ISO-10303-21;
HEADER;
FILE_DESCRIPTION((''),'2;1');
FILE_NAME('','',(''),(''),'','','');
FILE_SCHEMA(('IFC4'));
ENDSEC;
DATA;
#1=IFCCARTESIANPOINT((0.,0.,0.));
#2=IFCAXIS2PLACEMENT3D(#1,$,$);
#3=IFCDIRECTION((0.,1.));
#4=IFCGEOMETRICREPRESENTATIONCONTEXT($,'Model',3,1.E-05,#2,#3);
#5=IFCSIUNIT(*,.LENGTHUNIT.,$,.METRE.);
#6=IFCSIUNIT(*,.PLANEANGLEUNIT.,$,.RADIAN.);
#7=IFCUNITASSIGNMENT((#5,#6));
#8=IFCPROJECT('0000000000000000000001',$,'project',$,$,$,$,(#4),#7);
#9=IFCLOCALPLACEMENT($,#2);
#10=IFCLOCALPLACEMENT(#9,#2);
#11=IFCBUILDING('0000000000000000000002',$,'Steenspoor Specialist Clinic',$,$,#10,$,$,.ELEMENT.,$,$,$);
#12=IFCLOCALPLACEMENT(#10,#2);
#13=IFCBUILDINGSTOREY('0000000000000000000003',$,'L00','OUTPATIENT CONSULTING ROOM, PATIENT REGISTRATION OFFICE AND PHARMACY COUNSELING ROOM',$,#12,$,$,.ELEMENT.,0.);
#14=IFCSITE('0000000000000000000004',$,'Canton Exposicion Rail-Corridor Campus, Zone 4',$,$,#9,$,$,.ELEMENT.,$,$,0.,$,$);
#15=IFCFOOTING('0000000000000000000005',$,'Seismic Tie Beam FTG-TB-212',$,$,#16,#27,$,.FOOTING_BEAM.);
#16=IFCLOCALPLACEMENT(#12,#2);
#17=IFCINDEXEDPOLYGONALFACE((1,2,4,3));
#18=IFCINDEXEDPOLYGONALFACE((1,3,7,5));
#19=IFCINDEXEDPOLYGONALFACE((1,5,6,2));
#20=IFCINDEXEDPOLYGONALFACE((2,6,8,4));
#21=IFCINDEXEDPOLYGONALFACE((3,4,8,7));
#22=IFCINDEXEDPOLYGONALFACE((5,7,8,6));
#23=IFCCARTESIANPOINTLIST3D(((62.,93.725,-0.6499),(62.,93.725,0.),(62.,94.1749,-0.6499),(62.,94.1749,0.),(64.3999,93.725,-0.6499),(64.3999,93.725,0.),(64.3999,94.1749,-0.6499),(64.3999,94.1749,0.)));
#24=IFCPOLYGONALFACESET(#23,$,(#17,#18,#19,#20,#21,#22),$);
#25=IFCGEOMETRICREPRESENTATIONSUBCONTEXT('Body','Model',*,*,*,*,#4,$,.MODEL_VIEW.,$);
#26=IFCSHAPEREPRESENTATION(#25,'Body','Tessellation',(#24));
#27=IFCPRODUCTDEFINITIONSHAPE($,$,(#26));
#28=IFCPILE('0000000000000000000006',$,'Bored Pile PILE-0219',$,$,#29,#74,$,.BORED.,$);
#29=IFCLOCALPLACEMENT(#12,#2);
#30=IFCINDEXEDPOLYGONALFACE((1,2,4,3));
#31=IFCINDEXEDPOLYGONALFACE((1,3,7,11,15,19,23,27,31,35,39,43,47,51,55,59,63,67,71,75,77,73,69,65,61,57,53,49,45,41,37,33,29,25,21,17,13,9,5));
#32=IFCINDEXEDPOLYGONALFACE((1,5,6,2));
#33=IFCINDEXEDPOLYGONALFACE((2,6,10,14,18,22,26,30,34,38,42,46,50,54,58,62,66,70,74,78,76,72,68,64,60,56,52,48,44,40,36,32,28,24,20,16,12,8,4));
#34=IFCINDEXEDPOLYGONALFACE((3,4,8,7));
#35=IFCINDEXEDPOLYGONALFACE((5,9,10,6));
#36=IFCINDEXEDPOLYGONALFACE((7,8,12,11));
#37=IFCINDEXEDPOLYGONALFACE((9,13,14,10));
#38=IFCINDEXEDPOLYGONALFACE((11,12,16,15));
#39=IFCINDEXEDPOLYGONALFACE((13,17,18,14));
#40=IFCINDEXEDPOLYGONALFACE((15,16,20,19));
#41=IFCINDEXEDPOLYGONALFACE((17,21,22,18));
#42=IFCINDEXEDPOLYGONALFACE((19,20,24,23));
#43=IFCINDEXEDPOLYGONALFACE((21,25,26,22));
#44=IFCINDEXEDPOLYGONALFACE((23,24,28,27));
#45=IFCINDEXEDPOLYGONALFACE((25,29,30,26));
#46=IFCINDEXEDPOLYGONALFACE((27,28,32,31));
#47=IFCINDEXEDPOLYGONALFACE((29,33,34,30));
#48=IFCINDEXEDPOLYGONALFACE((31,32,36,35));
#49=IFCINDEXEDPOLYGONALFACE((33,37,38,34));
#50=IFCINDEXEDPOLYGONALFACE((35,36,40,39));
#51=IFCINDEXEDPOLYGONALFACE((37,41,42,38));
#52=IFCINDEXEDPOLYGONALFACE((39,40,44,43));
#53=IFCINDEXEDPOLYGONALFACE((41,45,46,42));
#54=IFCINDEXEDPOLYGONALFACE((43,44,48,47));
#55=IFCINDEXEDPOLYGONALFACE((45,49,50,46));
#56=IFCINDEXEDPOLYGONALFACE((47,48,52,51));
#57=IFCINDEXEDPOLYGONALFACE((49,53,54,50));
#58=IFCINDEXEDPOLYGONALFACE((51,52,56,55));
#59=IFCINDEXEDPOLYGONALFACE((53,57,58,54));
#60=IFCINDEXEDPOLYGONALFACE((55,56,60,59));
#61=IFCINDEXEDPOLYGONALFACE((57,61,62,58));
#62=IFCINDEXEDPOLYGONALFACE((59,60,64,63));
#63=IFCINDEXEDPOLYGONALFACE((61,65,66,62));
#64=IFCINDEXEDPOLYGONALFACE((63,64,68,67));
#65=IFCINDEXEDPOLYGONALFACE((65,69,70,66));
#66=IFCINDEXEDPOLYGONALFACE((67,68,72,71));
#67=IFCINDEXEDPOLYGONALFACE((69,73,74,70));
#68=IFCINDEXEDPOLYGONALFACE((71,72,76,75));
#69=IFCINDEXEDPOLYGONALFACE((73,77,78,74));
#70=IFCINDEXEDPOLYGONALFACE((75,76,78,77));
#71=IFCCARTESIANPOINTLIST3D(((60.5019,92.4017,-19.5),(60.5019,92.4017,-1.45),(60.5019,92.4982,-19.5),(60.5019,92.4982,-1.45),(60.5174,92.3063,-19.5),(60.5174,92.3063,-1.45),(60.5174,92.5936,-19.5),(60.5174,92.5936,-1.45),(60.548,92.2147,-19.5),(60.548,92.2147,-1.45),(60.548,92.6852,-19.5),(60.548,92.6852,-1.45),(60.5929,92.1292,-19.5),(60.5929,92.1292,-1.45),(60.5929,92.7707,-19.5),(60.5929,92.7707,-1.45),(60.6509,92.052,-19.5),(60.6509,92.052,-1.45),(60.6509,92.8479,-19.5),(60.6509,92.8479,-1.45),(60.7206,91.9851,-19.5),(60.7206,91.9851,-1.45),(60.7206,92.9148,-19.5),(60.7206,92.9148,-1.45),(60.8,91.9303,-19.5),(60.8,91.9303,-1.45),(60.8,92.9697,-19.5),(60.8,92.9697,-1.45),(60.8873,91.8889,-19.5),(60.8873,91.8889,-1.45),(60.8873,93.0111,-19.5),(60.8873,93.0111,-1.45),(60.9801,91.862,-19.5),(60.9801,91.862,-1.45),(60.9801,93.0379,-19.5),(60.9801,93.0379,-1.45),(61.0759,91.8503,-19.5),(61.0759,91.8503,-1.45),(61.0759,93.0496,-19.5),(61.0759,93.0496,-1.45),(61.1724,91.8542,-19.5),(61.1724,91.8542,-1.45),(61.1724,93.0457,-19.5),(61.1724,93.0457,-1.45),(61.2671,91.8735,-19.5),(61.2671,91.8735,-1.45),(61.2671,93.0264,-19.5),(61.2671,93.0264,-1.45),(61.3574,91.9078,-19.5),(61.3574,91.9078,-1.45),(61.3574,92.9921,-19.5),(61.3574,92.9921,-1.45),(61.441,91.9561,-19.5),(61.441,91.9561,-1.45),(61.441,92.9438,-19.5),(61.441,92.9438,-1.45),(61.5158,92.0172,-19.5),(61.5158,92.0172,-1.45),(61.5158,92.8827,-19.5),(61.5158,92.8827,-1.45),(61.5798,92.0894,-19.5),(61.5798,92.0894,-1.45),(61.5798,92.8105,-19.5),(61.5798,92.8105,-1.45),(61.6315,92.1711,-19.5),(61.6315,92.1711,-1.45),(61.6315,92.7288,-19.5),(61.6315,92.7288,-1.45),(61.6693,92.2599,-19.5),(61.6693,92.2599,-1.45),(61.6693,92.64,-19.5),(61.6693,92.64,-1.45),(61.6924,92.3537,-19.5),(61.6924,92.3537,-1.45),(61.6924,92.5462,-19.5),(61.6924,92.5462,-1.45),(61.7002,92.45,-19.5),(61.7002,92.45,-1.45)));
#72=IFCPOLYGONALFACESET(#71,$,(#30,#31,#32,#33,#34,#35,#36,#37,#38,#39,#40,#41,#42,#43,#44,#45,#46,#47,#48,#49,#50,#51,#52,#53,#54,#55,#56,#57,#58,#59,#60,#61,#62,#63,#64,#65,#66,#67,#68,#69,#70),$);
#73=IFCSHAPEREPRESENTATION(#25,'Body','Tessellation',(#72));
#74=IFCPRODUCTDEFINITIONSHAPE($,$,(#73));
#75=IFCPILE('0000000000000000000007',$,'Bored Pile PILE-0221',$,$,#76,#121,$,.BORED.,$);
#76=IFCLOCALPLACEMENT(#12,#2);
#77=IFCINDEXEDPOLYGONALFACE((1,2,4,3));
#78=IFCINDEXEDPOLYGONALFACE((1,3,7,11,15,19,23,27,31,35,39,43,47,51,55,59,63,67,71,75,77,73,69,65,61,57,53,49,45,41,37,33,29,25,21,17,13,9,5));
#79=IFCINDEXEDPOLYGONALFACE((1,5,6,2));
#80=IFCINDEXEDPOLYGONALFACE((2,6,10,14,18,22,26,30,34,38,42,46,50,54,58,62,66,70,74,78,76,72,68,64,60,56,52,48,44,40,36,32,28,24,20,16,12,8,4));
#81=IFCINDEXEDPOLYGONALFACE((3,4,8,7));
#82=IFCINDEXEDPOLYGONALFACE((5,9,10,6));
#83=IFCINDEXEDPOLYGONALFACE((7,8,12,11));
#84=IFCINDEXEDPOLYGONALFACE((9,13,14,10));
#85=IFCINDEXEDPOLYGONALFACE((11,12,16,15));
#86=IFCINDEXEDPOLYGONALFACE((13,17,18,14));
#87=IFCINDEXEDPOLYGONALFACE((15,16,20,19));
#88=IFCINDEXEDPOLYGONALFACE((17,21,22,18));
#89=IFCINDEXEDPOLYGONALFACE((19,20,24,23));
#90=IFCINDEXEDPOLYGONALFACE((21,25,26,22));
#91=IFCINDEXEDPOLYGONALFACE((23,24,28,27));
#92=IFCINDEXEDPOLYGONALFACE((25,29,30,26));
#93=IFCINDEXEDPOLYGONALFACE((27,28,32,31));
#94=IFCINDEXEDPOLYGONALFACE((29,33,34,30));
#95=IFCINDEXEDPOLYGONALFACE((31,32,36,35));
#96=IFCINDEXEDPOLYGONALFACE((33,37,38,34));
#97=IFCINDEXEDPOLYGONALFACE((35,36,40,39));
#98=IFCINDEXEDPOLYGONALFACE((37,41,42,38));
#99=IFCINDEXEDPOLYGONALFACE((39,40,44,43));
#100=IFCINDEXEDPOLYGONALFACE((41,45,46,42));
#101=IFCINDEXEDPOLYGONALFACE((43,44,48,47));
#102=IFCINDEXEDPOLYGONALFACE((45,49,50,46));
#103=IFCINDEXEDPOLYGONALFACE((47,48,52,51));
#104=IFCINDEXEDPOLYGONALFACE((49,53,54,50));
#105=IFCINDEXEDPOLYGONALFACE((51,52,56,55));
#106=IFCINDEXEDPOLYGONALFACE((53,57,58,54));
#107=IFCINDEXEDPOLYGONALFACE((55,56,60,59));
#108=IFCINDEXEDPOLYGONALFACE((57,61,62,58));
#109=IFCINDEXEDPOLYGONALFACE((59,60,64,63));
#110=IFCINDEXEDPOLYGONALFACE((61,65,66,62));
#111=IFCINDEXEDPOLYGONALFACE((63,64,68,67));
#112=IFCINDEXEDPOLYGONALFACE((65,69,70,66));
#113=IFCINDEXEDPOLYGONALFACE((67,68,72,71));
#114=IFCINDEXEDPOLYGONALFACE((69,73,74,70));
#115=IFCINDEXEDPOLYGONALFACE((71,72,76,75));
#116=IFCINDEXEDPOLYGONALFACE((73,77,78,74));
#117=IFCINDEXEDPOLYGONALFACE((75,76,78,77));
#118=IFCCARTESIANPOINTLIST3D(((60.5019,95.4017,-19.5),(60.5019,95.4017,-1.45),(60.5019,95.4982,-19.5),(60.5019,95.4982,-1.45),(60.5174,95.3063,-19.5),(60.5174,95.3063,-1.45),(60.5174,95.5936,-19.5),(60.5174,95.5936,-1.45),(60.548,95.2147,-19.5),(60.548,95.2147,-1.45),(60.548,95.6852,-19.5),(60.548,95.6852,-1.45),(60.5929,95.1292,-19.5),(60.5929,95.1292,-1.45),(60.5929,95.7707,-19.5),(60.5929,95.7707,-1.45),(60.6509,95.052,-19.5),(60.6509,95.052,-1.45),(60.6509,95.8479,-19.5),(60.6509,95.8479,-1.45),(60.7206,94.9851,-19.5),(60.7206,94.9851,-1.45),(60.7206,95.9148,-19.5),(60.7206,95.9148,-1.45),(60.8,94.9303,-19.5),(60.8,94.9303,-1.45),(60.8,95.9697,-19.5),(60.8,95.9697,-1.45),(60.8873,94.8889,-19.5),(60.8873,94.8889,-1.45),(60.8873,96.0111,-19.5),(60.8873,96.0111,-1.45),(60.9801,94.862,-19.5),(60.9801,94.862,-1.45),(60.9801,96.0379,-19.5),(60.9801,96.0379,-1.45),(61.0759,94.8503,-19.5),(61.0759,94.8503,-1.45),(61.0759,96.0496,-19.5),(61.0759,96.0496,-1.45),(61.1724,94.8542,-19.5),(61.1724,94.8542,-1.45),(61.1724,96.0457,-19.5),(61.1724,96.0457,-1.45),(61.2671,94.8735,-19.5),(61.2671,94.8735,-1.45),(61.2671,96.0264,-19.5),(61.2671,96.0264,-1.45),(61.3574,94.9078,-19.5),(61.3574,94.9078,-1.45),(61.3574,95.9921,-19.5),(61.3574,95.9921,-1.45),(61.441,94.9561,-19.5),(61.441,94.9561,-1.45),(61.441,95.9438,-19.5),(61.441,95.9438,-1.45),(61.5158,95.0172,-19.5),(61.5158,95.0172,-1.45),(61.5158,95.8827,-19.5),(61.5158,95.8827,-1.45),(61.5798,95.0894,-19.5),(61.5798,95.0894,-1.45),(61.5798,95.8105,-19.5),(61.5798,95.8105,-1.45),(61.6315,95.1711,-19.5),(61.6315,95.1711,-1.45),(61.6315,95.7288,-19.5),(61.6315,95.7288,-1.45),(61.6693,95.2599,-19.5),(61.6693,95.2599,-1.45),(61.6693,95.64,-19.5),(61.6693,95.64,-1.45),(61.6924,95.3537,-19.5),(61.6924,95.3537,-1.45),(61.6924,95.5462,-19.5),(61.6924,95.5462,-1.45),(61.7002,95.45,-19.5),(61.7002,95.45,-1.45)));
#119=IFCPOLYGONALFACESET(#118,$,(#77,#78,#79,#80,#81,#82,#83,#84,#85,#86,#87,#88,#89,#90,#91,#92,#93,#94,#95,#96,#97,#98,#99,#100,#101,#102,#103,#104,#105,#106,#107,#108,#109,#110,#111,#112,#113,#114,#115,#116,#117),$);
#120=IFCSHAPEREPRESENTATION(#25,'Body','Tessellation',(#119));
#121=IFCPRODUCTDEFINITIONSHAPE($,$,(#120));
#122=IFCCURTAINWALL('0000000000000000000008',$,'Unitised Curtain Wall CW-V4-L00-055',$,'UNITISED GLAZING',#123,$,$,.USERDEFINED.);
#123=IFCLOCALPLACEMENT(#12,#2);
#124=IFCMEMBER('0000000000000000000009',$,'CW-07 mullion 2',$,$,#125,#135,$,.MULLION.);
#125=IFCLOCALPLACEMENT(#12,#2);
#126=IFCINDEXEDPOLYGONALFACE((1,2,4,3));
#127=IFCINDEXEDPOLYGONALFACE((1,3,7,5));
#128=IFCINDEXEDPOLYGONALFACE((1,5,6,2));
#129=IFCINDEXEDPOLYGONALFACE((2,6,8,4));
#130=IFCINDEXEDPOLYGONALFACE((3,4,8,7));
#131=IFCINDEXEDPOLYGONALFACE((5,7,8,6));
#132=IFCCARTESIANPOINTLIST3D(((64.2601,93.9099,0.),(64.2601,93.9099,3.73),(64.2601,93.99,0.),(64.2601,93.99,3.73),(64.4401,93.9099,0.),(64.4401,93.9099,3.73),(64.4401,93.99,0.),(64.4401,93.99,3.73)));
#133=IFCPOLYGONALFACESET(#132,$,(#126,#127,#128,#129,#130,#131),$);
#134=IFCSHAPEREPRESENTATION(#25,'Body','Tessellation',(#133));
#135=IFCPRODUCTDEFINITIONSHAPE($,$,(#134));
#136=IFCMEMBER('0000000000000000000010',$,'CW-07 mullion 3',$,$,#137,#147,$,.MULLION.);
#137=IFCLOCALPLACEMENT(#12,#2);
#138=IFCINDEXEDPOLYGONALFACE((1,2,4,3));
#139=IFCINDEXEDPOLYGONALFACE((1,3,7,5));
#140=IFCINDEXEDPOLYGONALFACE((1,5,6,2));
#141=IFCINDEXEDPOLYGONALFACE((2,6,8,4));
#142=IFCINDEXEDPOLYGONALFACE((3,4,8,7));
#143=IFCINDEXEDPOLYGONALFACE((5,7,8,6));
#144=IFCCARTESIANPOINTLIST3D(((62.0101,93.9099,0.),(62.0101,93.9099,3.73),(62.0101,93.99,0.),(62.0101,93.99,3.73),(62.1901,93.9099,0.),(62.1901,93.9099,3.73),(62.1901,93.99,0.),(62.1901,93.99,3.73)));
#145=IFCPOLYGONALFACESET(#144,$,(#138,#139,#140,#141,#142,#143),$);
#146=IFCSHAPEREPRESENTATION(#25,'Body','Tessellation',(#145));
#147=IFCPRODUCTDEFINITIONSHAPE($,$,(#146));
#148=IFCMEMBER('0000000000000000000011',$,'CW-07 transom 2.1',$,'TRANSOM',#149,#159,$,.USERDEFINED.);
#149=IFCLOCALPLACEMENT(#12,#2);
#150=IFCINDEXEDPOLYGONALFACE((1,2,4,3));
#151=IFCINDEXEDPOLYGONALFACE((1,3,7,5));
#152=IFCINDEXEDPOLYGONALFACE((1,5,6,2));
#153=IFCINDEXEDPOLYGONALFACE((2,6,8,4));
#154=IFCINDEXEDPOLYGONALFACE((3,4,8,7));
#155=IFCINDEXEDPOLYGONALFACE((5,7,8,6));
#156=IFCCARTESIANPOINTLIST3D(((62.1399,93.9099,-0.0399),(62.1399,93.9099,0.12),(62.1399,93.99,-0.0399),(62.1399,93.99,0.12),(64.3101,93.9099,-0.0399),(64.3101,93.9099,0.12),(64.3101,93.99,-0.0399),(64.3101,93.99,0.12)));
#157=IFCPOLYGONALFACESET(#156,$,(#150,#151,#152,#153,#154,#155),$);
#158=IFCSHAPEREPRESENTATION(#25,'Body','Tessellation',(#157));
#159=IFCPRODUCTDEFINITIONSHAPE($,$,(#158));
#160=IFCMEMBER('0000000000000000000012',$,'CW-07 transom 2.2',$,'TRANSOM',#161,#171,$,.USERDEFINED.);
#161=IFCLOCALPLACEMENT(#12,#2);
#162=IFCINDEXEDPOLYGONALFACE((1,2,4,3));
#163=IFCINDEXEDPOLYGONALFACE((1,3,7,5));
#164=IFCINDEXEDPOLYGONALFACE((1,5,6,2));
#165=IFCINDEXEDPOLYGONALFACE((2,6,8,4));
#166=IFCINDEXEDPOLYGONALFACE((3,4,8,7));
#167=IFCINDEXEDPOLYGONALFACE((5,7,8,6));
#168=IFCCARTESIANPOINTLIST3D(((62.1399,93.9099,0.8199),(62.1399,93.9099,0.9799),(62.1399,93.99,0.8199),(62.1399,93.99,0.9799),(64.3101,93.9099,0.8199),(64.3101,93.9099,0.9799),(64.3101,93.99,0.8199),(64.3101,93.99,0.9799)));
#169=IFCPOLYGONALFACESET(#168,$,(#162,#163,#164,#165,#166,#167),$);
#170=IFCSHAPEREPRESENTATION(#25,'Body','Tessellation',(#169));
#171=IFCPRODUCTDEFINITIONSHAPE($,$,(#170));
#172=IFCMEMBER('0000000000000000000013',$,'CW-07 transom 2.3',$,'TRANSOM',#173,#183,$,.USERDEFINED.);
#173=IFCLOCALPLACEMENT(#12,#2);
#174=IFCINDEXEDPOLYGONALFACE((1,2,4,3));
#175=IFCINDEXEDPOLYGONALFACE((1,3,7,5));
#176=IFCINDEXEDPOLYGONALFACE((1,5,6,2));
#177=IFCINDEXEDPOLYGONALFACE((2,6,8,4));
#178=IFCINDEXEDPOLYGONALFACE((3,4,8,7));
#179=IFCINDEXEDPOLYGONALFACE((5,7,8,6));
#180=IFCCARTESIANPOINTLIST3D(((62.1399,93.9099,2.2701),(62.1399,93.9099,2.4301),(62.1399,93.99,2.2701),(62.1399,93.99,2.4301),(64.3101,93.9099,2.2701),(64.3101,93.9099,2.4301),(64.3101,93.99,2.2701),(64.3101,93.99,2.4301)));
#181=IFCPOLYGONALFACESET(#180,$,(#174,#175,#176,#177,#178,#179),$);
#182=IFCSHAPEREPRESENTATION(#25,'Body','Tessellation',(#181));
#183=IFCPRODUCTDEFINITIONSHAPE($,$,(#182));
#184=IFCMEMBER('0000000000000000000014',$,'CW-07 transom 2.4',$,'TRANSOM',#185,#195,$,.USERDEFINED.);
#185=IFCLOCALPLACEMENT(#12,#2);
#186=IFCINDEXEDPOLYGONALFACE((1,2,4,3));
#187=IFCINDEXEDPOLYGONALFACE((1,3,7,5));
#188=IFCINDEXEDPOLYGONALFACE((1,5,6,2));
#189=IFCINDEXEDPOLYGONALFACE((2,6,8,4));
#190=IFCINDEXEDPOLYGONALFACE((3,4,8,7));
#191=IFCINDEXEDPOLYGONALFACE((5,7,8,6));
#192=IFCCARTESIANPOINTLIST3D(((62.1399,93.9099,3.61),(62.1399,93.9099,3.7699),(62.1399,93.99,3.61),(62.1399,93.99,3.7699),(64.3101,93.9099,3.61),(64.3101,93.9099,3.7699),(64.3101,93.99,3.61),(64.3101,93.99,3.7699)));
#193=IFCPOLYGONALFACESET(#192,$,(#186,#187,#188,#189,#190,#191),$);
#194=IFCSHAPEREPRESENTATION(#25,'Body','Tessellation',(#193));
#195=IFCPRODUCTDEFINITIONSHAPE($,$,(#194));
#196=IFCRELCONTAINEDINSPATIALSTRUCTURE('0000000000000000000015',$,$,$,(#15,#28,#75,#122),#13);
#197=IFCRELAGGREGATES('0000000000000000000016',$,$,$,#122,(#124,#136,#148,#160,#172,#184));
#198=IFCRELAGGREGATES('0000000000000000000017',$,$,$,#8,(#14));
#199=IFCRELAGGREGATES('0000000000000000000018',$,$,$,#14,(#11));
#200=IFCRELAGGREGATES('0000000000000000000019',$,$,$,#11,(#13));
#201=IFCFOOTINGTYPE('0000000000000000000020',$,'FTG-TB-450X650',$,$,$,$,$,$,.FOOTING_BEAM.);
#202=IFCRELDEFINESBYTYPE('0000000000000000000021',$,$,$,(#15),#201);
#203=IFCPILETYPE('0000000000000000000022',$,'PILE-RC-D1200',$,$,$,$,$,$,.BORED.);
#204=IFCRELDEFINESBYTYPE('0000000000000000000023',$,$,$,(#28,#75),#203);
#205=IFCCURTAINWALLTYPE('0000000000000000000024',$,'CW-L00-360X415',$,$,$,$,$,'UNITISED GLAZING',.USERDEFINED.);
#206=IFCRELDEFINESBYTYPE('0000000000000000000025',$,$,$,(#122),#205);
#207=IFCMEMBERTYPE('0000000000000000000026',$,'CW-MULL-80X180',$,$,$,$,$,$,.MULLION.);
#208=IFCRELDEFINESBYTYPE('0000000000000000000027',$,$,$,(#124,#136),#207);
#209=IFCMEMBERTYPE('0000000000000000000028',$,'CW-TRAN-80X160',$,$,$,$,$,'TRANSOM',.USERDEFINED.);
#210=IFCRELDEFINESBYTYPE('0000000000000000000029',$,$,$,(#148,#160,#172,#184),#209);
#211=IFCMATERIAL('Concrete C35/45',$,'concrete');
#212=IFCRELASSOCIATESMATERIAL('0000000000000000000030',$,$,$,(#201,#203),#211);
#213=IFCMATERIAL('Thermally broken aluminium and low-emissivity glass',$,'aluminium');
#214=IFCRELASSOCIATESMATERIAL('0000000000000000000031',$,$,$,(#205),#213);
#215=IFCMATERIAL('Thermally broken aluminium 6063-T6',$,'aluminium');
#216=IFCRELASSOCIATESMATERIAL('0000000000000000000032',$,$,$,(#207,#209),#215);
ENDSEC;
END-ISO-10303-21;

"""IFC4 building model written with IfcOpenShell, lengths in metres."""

from ifc_helpers import new_model, si_unit, direction, frame, origin, origin_2d, place, context, subcontext, project, spatial, rectangle, circle, extrude, material, material_profile, profile_set, type_object, element, aggregate, save


model = new_model("IFC4")

# Units and contexts
model_context = context("Model", 3, precision=1e-05, world=origin(), true_north=direction((0.0, 1.0)))
body_context = subcontext(model_context, "Body", "Model", "MODEL_VIEW")
ifc_project = project(units=[si_unit("LENGTHUNIT", "METRE"), si_unit("PLANEANGLEUNIT", "RADIAN")], contexts=[model_context])

# Site, building, storey
site_placement = place(None, origin())
site = spatial("IfcSite", under=ifc_project, at=site_placement, Name="Canton Exposicion Rail-Corridor Campus, Zone 4", CompositionType="ELEMENT", RefElevation=0.0)
building_placement = place(site_placement, origin())
building = spatial("IfcBuilding", under=site, at=building_placement, Name="Steenspoor Specialist Clinic", CompositionType="ELEMENT")
storey_placement = place(building_placement, origin())
storey = spatial("IfcBuildingStorey", under=building, at=storey_placement, Name="L00", Description="OUTPATIENT CONSULTING ROOM, PATIENT REGISTRATION OFFICE AND PHARMACY COUNSELING ROOM", CompositionType="ELEMENT", Elevation=0.0)

# Footing
ifc_material_1 = material(Name="Concrete C35/45", Category="concrete")
footing_type = type_object("IfcFootingType", Name="FTG-TB-450X650", PredefinedType="FOOTING_BEAM", material=ifc_material_1)
footing_placement = place(storey_placement, frame((63.2, 93.95, -0.6499), z_axis=(0.0, 0.0, 1.0), x_axis=(1.0, 0.0, 0.0)))
element("IfcFooting", 1, at=footing_placement, inside=storey, type_object=footing_type, Name="Seismic Tie Beam FTG-TB-212", PredefinedType="FOOTING_BEAM", context=body_context, shape_type="SweptSolid", body=[
    extrude(rectangle(XDim=2.3999, YDim=0.45, at=origin_2d()), origin(), (0.0, 0.0, 1.0), 0.6499),
])

# Piles
ifc_material_profile_1 = material_profile(ifc_material_1, circle(Radius=0.6001, at=origin_2d()), Name="PILE-D1200")
ifc_profile_set_1 = profile_set([ifc_material_profile_1], Name="Concrete C35/45")
pile_type = type_object("IfcPileType", Name="PILE-RC-D1200", PredefinedType="BORED", material=ifc_profile_set_1)
for number, where, z_axis, x_axis, name in (
    (2, (61.1001, 92.45, -1.45), (0.0, 0.0, -1.0), (1.0, 0.0, 0.0), "Bored Pile PILE-0219"),
    (3, (61.1001, 95.45, -1.45), (0.0, 0.0, -1.0), (1.0, 0.0, 0.0), "Bored Pile PILE-0221"),
):
    element("IfcPile", number, at=place(storey_placement, frame(where, z_axis=z_axis, x_axis=x_axis)), inside=storey, type_object=pile_type, Name=name, PredefinedType="BORED", context=body_context, shape_type="SweptSolid", body=[
        extrude(circle(Radius=0.6001, at=origin_2d()), origin(), (0.0, 0.0, 1.0), 18.05),
    ])

# Curtain wall, members
ifc_material_2 = material(Name="Thermally broken aluminium and low-emissivity glass", Category="aluminium")
curtain_wall_type = type_object("IfcCurtainWallType", Name="CW-L00-360X415", ElementType="UNITISED GLAZING", PredefinedType="USERDEFINED", material=ifc_material_2)
curtain_wall_placement = place(storey_placement, origin())
curtain_wall = element("IfcCurtainWall", 4, at=curtain_wall_placement, inside=storey, type_object=curtain_wall_type, Name="Unitised Curtain Wall CW-V4-L00-055", ObjectType="UNITISED GLAZING", PredefinedType="USERDEFINED")
ifc_material_3 = material(Name="Thermally broken aluminium 6063-T6", Category="aluminium")
ifc_material_profile_2 = material_profile(ifc_material_3, rectangle(XDim=0.0801, YDim=0.1799, at=origin_2d()), Name="CWM-80X180")
ifc_profile_set_2 = profile_set([ifc_material_profile_2], Name="Thermally broken aluminium 6063-T6")
member_type_1 = type_object("IfcMemberType", Name="CW-MULL-80X180", PredefinedType="MULLION", material=ifc_profile_set_2)
member_1_placement = place(storey_placement, frame((64.3501, 93.95, 0.0), z_axis=(0.0, 0.0, 1.0), x_axis=(0.0, -1.0, 0.0)))
member_1 = element("IfcMember", 5, at=member_1_placement, type_object=member_type_1, Name="CW-07 mullion 2", PredefinedType="MULLION", context=body_context, shape_type="SweptSolid", body=[
    extrude(rectangle(XDim=0.0801, YDim=0.1799, at=origin_2d()), origin(), (0.0, 0.0, 1.0), 3.73),
])
member_2_placement = place(storey_placement, frame((62.1001, 93.95, 0.0), z_axis=(0.0, 0.0, 1.0), x_axis=(0.0, -1.0, 0.0)))
member_2 = element("IfcMember", 6, at=member_2_placement, type_object=member_type_1, Name="CW-07 mullion 3", PredefinedType="MULLION", context=body_context, shape_type="SweptSolid", body=[
    extrude(rectangle(XDim=0.0801, YDim=0.1799, at=origin_2d()), origin(), (0.0, 0.0, 1.0), 3.73),
])
ifc_material_profile_3 = material_profile(ifc_material_3, rectangle(XDim=0.0801, YDim=0.1599, at=origin_2d()), Name="CWT-80X160")
ifc_profile_set_3 = profile_set([ifc_material_profile_3], Name="Thermally broken aluminium 6063-T6")
member_type_2 = type_object("IfcMemberType", Name="CW-TRAN-80X160", ElementType="TRANSOM", PredefinedType="USERDEFINED", material=ifc_profile_set_3)
member_3_placement = place(storey_placement, frame((64.3101, 93.95, 0.04), z_axis=(-1.0, 0.0, 0.0), x_axis=(0.0, -1.0, 0.0)))
member_3 = element("IfcMember", 7, at=member_3_placement, type_object=member_type_2, Name="CW-07 transom 2.1", ObjectType="TRANSOM", PredefinedType="USERDEFINED", context=body_context, shape_type="SweptSolid", body=[
    extrude(rectangle(XDim=0.0801, YDim=0.1599, at=origin_2d()), origin(), (0.0, 0.0, 1.0), 2.1702),
])
member_4_placement = place(storey_placement, frame((64.3101, 93.95, 0.8999), z_axis=(-1.0, 0.0, 0.0), x_axis=(0.0, -1.0, 0.0)))
member_4 = element("IfcMember", 8, at=member_4_placement, type_object=member_type_2, Name="CW-07 transom 2.2", ObjectType="TRANSOM", PredefinedType="USERDEFINED", context=body_context, shape_type="SweptSolid", body=[
    extrude(rectangle(XDim=0.0801, YDim=0.1599, at=origin_2d()), origin(), (0.0, 0.0, 1.0), 2.1702),
])
member_5_placement = place(storey_placement, frame((64.3101, 93.95, 2.3501), z_axis=(-1.0, 0.0, 0.0), x_axis=(0.0, -1.0, 0.0)))
member_5 = element("IfcMember", 9, at=member_5_placement, type_object=member_type_2, Name="CW-07 transom 2.3", ObjectType="TRANSOM", PredefinedType="USERDEFINED", context=body_context, shape_type="SweptSolid", body=[
    extrude(rectangle(XDim=0.0801, YDim=0.1599, at=origin_2d()), origin(), (0.0, 0.0, 1.0), 2.1702),
])
member_6_placement = place(storey_placement, frame((64.3101, 93.95, 3.6899), z_axis=(-1.0, 0.0, 0.0), x_axis=(0.0, -1.0, 0.0)))
member_6 = element("IfcMember", 10, at=member_6_placement, type_object=member_type_2, Name="CW-07 transom 2.4", ObjectType="TRANSOM", PredefinedType="USERDEFINED", context=body_context, shape_type="SweptSolid", body=[
    extrude(rectangle(XDim=0.0801, YDim=0.1599, at=origin_2d()), origin(), (0.0, 0.0, 1.0), 2.1702),
])
aggregate(curtain_wall, [member_1, member_2, member_3, member_4, member_5, member_6])

save(model, "model.ifc")
